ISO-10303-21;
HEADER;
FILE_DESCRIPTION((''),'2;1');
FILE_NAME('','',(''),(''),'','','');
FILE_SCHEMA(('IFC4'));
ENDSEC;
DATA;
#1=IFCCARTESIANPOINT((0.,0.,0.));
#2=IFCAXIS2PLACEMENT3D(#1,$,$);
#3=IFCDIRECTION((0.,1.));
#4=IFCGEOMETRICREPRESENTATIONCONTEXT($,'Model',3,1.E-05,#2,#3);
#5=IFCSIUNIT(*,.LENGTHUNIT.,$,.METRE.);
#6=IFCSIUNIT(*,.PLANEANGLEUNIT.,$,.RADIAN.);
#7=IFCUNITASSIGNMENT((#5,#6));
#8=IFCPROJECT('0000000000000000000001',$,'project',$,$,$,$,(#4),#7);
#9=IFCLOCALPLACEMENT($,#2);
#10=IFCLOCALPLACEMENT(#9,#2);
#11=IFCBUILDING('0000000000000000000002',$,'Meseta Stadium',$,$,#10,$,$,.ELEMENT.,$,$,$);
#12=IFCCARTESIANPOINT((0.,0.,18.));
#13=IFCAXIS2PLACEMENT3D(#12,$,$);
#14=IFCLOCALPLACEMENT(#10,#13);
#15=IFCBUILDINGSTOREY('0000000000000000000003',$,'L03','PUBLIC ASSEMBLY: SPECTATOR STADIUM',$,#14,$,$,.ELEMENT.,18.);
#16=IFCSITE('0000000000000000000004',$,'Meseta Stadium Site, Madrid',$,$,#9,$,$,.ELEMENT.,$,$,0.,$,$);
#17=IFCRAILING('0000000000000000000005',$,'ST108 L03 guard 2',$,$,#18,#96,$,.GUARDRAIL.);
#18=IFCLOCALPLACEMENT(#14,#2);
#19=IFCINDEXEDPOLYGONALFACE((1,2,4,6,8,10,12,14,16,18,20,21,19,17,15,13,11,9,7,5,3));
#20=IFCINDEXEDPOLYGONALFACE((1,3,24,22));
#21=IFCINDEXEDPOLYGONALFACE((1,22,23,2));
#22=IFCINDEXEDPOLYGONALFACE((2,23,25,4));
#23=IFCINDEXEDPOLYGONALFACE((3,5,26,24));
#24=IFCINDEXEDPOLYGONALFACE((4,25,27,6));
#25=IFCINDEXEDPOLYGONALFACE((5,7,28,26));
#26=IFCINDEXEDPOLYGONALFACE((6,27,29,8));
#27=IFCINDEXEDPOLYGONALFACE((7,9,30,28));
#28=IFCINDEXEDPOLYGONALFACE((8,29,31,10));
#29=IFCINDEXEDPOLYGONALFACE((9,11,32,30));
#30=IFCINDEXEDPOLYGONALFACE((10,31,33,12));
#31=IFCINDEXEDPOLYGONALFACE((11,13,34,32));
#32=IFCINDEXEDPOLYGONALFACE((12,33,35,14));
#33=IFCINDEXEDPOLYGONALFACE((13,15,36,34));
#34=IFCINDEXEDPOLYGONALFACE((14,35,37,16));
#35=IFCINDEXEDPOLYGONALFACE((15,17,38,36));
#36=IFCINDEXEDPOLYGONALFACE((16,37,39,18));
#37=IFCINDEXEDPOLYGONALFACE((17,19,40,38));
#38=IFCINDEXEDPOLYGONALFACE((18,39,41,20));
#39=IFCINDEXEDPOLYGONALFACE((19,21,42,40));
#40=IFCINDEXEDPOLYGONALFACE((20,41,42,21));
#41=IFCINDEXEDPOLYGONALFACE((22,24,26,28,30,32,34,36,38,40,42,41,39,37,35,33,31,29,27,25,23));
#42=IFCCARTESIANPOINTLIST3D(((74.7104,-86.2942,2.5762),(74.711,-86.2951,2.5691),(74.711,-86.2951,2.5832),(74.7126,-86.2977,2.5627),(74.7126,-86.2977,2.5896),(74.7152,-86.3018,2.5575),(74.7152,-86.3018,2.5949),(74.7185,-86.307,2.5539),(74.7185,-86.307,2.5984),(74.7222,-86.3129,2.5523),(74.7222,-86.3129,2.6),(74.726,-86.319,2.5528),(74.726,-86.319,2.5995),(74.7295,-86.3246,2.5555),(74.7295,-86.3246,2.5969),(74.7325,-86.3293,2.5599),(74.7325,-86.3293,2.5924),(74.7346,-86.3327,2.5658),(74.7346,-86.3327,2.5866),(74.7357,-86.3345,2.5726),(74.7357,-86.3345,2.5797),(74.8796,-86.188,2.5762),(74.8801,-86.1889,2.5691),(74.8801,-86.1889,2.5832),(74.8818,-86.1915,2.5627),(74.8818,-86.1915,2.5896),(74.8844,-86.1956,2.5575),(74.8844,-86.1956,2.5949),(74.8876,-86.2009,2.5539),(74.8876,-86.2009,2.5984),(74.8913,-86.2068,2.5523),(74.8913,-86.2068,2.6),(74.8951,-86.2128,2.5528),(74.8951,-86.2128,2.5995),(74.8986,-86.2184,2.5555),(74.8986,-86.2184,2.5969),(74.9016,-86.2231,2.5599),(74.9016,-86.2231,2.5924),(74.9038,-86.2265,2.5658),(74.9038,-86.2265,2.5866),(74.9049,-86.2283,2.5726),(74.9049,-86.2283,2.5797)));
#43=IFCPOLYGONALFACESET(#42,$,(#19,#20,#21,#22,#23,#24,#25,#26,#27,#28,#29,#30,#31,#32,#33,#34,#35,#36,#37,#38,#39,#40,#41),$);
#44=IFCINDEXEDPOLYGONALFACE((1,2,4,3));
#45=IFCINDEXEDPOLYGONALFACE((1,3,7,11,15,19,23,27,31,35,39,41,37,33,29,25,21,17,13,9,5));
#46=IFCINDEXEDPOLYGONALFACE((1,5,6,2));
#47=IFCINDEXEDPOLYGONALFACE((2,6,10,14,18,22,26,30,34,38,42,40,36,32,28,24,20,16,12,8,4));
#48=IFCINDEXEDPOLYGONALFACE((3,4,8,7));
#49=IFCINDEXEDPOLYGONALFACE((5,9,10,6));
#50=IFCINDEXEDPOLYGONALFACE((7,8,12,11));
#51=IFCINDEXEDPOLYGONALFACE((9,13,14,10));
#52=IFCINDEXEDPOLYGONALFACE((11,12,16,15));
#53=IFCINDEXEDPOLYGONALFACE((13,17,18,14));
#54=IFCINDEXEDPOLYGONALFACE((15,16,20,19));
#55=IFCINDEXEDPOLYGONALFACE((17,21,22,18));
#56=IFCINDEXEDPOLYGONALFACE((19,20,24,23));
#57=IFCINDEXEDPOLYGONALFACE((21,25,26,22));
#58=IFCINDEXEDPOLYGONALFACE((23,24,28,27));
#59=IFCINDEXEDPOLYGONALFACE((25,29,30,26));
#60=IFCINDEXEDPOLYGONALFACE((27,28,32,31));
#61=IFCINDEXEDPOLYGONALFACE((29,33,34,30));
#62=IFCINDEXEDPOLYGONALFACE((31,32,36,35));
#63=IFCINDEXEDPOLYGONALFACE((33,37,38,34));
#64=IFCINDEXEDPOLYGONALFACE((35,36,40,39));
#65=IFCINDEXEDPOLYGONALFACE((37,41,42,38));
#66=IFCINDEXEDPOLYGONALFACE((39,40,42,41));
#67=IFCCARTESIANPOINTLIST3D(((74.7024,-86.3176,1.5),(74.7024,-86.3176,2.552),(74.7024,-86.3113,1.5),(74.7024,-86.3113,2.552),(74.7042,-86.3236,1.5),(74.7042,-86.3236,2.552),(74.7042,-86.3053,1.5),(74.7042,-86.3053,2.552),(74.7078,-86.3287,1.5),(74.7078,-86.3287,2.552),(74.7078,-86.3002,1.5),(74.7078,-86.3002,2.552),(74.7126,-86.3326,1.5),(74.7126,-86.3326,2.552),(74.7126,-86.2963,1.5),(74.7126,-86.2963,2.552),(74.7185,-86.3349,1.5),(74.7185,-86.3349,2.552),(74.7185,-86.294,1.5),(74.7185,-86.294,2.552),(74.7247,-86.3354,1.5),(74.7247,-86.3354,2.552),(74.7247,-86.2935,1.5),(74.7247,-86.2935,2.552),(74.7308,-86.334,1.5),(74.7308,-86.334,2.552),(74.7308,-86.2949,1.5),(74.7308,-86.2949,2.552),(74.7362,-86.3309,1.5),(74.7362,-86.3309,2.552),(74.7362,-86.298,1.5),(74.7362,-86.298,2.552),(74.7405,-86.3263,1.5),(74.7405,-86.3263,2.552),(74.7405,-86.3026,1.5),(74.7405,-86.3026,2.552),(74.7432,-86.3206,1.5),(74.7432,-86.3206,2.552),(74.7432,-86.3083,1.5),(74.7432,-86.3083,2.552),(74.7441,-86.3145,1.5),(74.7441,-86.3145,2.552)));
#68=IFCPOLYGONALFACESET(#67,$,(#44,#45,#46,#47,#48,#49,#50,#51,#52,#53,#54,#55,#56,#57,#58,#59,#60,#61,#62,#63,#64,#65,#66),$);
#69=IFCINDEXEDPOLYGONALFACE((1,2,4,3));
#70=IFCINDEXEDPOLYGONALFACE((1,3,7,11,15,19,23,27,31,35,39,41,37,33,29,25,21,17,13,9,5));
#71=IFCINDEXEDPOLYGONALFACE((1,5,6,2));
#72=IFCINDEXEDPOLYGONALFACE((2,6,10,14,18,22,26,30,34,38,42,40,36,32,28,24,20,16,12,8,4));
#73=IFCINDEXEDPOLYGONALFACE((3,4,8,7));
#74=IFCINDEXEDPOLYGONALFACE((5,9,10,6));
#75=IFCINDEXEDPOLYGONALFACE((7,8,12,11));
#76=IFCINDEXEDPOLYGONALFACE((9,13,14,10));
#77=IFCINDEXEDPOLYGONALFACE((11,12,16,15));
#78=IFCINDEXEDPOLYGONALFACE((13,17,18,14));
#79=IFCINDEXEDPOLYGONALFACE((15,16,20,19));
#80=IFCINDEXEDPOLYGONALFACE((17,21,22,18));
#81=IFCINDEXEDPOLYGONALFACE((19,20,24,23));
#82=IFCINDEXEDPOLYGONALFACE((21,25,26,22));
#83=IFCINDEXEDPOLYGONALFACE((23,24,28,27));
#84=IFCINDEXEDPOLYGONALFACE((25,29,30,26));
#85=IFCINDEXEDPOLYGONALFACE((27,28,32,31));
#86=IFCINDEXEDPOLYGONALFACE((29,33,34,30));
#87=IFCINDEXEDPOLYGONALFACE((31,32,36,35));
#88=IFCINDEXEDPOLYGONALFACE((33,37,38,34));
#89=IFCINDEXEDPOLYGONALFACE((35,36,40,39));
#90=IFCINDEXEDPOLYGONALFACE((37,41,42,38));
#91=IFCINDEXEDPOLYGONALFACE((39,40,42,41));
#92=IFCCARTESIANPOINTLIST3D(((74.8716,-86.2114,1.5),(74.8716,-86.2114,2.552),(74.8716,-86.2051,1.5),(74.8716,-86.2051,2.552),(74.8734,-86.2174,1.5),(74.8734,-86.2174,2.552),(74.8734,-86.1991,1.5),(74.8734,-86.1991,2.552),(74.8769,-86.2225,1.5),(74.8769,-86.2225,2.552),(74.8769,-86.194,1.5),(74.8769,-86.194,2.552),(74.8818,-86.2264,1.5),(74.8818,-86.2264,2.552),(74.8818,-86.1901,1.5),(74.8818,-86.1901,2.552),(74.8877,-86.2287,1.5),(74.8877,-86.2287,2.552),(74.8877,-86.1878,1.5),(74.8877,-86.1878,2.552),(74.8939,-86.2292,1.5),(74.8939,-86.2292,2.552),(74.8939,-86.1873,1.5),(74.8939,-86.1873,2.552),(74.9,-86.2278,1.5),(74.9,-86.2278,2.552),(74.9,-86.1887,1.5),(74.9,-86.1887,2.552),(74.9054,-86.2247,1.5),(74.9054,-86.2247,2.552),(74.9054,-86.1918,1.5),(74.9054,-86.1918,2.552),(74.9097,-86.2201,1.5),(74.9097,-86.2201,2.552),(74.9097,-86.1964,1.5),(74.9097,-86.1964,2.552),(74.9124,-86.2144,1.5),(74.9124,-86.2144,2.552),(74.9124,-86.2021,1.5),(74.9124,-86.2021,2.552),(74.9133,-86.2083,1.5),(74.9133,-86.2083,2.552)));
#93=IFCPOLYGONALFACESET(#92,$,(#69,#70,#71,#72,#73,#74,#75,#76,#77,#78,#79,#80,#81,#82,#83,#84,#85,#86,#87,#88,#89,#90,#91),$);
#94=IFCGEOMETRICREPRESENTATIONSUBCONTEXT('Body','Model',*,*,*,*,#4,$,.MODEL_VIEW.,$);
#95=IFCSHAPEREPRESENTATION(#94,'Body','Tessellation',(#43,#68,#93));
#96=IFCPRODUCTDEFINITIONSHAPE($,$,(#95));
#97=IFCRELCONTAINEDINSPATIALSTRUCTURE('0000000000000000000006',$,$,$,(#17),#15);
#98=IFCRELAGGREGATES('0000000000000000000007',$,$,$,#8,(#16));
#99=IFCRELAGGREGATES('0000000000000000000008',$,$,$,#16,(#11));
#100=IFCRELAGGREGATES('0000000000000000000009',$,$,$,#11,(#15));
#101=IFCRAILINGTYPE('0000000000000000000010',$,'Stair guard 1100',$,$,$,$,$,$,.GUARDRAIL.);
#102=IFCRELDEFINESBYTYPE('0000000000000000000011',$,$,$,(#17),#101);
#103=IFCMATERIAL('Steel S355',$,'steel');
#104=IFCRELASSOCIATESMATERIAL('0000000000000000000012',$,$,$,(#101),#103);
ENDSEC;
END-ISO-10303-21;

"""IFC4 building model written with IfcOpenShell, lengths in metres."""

from ifc_helpers import new_model, si_unit, direction, frame, origin, origin_2d, place, context, subcontext, project, spatial, circle, extrude, material, type_object, element, save


model = new_model("IFC4")

# Units and contexts
model_context = context("Model", 3, precision=1e-05, world=origin(), true_north=direction((0.0, 1.0)))
body_context = subcontext(model_context, "Body", "Model", "MODEL_VIEW")
ifc_project = project(units=[si_unit("LENGTHUNIT", "METRE"), si_unit("PLANEANGLEUNIT", "RADIAN")], contexts=[model_context])

# Site, building, storey
site_placement = place(None, origin())
site = spatial("IfcSite", under=ifc_project, at=site_placement, Name="Meseta Stadium Site, Madrid", CompositionType="ELEMENT", RefElevation=0.0)
building_placement = place(site_placement, origin())
building = spatial("IfcBuilding", under=site, at=building_placement, Name="Meseta Stadium", CompositionType="ELEMENT")
storey_placement = place(building_placement, frame((0.0, 0.0, 18.0)))
storey = spatial("IfcBuildingStorey", under=building, at=storey_placement, Name="L03", Description="PUBLIC ASSEMBLY: SPECTATOR STADIUM", CompositionType="ELEMENT", Elevation=18.0)

# Railing
ifc_material_1 = material(Name="Steel S355", Category="steel")
railing_type_1 = type_object("IfcRailingType", Name="Stair guard 1100", PredefinedType="GUARDRAIL", material=ifc_material_1)
railing_1_placement = place(storey_placement, frame((74.7231, -86.3145, 1.5)))
element("IfcRailing", 1, at=railing_1_placement, inside=storey, type_object=railing_type_1, Name="ST108 L03 guard 2", PredefinedType="GUARDRAIL", context=body_context, shape_type="SweptSolid", body=[
    extrude(circle(Radius=0.0239, at=origin_2d()), frame((0.0, 0.0, 1.0762), z_axis=(0.846967, 0.531646, 0.0), x_axis=(-0.531646, 0.846967, 0.0)), (0.0, 0.0, 1.0), 0.1997),
    extrude(circle(Radius=0.021, at=origin_2d()), origin(), (0.0, 0.0, 1.0), 1.052),
    extrude(circle(Radius=0.021, at=origin_2d()), frame((0.1692, 0.1062, 0.0)), (0.0, 0.0, 1.0), 1.052),
])

save(model, "model.ifc")
